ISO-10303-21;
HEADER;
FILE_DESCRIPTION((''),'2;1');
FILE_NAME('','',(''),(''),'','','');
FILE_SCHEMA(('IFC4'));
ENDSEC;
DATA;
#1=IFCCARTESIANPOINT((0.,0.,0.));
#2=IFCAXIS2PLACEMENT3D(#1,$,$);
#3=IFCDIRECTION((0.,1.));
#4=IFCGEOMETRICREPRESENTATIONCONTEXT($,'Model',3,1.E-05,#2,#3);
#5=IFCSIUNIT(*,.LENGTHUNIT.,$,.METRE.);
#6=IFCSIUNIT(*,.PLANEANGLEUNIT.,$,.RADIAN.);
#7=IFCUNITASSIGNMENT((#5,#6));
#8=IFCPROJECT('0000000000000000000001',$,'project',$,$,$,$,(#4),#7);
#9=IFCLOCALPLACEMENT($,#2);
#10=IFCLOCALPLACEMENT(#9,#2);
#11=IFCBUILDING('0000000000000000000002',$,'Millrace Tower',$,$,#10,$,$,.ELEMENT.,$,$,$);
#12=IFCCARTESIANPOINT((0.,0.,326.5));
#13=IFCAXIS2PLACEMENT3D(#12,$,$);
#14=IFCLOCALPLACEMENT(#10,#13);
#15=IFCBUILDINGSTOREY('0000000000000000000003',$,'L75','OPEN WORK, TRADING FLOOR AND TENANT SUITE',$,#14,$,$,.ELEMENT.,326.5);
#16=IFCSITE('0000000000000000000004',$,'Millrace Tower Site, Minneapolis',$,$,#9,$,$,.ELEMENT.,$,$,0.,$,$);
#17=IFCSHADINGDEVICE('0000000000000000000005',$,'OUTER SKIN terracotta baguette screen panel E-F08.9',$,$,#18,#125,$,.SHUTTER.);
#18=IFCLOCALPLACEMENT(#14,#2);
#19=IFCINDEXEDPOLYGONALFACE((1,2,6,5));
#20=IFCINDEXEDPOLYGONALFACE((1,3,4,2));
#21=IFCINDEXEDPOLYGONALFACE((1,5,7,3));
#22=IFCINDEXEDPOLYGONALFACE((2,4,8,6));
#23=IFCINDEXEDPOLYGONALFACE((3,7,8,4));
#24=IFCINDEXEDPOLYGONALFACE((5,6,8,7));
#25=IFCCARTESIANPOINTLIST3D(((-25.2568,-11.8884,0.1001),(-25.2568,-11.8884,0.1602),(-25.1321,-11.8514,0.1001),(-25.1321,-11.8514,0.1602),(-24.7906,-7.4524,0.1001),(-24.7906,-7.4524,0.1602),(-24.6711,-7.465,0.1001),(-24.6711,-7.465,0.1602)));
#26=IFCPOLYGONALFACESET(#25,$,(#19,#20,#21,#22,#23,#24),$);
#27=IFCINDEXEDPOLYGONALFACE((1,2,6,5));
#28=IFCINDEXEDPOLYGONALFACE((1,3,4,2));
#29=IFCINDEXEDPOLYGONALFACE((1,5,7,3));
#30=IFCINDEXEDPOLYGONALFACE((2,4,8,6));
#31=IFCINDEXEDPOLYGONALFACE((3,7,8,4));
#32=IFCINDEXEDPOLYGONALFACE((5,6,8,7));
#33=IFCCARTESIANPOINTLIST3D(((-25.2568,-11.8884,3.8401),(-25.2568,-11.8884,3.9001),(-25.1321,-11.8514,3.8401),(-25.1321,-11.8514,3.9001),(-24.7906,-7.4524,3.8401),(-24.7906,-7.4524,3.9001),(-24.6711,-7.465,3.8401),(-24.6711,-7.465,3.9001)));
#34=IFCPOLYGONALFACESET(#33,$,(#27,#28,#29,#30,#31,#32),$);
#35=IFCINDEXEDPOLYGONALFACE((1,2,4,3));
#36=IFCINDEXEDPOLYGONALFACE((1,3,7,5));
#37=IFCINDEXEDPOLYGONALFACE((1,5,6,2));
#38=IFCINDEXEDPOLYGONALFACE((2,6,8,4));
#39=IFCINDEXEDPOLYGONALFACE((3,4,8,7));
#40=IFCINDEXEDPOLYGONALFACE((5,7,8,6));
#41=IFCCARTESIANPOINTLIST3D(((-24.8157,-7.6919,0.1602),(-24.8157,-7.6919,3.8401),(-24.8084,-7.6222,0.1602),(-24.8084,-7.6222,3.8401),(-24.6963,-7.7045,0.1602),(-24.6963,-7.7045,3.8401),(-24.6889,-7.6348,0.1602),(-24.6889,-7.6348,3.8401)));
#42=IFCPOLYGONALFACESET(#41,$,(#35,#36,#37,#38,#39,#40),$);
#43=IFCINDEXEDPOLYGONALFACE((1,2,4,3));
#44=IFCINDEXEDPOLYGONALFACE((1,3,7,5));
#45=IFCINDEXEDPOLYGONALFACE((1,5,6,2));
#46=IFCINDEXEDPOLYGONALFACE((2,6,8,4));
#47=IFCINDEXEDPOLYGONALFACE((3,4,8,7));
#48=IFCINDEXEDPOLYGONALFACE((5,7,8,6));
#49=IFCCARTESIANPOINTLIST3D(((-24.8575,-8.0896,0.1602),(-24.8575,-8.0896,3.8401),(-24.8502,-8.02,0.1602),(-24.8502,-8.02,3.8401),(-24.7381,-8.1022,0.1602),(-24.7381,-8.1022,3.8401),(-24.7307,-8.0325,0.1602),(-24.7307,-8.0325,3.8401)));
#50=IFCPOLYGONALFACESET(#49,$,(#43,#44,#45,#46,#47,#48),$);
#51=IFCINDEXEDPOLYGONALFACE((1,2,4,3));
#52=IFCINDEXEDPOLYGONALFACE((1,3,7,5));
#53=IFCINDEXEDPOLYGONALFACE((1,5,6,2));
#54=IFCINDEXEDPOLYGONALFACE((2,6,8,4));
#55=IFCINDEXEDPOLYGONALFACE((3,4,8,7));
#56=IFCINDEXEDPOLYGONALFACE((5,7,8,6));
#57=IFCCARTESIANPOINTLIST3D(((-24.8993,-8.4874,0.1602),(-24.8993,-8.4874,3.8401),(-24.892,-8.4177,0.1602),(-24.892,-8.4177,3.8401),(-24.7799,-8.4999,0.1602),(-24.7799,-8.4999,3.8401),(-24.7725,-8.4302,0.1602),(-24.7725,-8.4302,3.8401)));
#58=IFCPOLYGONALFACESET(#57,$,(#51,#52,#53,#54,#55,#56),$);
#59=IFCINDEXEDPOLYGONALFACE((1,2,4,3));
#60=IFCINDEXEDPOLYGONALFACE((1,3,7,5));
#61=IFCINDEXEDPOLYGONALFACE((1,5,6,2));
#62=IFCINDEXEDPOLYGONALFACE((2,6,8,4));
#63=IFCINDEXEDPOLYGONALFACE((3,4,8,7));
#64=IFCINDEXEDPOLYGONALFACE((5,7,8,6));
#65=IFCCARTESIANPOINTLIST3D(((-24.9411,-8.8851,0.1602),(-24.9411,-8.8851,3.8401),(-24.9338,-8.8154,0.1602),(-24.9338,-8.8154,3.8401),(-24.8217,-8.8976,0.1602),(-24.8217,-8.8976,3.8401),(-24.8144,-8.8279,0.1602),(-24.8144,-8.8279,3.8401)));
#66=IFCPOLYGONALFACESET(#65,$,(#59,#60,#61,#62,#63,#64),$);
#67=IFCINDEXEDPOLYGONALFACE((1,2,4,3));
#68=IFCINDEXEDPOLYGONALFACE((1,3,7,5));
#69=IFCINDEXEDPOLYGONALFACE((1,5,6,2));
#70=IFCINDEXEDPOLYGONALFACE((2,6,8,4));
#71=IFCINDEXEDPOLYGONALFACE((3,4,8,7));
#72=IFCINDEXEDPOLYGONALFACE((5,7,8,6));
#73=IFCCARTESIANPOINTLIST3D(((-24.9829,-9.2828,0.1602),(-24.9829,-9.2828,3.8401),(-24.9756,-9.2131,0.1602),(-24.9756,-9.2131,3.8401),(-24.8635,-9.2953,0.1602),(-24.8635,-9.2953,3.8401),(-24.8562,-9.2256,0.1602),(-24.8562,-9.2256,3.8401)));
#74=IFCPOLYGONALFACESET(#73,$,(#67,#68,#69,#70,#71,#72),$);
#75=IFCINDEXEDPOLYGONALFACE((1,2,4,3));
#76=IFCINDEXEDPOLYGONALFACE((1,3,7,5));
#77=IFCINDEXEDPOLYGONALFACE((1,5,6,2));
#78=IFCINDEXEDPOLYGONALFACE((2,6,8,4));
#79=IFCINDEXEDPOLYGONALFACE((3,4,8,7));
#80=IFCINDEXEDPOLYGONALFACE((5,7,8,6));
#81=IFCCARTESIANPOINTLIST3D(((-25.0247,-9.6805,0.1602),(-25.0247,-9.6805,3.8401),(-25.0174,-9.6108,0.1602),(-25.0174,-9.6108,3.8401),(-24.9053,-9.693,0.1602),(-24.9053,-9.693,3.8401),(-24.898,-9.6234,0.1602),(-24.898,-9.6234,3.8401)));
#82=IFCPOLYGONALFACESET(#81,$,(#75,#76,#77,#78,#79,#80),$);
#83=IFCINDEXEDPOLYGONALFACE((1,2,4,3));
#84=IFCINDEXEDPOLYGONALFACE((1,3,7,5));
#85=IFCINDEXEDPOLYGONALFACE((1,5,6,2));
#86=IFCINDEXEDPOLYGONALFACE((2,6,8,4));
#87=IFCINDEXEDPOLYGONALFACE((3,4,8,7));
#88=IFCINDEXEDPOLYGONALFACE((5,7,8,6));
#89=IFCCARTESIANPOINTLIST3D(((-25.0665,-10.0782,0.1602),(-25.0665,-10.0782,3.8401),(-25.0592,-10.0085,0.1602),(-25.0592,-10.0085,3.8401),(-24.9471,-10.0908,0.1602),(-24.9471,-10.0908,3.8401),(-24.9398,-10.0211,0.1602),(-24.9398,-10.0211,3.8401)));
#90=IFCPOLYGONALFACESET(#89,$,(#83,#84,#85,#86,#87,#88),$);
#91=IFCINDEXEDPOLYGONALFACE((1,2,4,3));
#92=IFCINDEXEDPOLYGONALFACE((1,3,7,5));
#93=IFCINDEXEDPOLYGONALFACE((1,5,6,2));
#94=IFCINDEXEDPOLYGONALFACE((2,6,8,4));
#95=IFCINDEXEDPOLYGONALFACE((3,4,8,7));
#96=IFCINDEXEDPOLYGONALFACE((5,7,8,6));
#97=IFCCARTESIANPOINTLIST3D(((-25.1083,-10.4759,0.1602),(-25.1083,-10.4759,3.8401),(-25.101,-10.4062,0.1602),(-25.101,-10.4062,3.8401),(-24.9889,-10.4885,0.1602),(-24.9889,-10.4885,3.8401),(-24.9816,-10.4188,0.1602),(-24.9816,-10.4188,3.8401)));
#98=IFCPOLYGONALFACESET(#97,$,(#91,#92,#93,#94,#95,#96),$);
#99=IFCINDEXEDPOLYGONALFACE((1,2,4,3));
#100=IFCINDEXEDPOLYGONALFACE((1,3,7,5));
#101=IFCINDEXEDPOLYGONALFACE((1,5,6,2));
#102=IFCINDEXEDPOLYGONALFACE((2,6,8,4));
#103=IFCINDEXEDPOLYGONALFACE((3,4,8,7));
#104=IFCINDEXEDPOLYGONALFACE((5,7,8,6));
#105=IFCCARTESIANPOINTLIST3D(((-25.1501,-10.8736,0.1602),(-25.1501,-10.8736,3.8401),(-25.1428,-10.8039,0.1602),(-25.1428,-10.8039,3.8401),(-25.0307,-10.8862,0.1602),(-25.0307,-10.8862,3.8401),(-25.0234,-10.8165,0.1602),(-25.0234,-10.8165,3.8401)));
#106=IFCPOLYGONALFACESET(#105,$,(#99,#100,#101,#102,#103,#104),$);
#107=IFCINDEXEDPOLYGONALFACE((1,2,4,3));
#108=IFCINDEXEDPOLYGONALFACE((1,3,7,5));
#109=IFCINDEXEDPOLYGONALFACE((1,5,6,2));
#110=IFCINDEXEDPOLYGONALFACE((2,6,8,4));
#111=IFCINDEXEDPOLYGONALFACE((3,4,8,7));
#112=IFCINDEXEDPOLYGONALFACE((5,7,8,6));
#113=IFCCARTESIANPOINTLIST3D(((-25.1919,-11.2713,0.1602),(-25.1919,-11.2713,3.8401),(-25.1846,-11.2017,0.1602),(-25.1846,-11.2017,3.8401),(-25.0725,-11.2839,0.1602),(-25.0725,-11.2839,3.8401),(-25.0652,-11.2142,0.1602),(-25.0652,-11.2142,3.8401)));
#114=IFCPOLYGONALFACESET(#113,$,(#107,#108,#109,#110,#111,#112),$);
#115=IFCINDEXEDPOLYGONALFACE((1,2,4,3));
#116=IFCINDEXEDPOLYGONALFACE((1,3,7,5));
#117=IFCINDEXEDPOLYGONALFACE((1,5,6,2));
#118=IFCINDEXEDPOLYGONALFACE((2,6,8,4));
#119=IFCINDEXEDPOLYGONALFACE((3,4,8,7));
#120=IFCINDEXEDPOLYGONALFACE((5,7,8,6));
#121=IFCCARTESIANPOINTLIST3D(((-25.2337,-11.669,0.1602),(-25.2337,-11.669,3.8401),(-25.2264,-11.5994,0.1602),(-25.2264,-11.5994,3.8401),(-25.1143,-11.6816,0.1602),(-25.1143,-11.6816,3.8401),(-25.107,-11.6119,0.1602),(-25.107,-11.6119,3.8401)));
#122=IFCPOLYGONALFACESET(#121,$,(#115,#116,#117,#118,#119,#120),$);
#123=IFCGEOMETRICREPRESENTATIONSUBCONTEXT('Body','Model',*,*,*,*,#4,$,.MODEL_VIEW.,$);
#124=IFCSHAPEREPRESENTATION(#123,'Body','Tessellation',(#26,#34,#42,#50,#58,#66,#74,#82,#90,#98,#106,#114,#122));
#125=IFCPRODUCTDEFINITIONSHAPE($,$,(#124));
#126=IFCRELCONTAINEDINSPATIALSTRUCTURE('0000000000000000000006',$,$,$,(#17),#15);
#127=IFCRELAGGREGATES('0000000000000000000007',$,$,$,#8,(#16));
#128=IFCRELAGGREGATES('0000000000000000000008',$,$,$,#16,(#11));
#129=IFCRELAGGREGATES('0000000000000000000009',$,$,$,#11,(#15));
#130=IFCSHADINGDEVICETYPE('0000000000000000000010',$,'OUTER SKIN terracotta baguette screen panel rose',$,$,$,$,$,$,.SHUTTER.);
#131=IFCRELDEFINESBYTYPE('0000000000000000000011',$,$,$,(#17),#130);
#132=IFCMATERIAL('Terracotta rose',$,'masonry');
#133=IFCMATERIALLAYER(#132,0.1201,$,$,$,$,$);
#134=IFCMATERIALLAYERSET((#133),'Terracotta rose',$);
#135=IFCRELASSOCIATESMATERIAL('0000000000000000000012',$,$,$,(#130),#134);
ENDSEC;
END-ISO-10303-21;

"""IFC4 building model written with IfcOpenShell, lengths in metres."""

from ifc_helpers import new_model, entity, si_unit, direction, frame, frame_2d, origin, place, context, subcontext, project, spatial, rectangle, extrude, source, transform, mapped, material, layer, layer_set, type_object, element, save


model = new_model("IFC4")

# Units and contexts
model_context = context("Model", 3, precision=1e-05, world=origin(), true_north=direction((0.0, 1.0)))
body_context = subcontext(model_context, "Body", "Model", "MODEL_VIEW")
ifc_project = project(units=[si_unit("LENGTHUNIT", "METRE"), si_unit("PLANEANGLEUNIT", "RADIAN")], contexts=[model_context])

# Site, building, storey
site_placement = place(None, origin())
site = spatial("IfcSite", under=ifc_project, at=site_placement, Name="Millrace Tower Site, Minneapolis", CompositionType="ELEMENT", RefElevation=0.0)
building_placement = place(site_placement, origin())
building = spatial("IfcBuilding", under=site, at=building_placement, Name="Millrace Tower", CompositionType="ELEMENT")
storey_placement = place(building_placement, frame((0.0, 0.0, 326.5)))
storey = spatial("IfcBuildingStorey", under=building, at=storey_placement, Name="L75", Description="OPEN WORK, TRADING FLOOR AND TENANT SUITE", CompositionType="ELEMENT", Elevation=326.5)

# Shading device
ifc_material_1 = material(Name="Terracotta rose", Category="masonry")
ifc_layer_1 = layer(ifc_material_1, 0.1201)
ifc_layer_set_1 = layer_set([ifc_layer_1], Name="Terracotta rose")
shading_device_type = type_object("IfcShadingDeviceType", Name="OUTER SKIN terracotta baguette screen panel rose", PredefinedType="SHUTTER", material=ifc_layer_set_1)
cartesian_point_1 = entity("IfcCartesianPoint", [-2.2178, 0.0601])
shared_polyline_1 = entity("IfcPolyline", [cartesian_point_1, entity("IfcCartesianPoint", [2.1929, 0.0601]), entity("IfcCartesianPoint", [2.2427, -0.0601]), entity("IfcCartesianPoint", [-2.2178, -0.0601]), cartesian_point_1])
shared_shape_1 = source(origin(), body_context, "Body", "SweptSolid", [
    entity("IfcExtrudedAreaSolid", entity("IfcArbitraryClosedProfileDef", "AREA", None, shared_polyline_1), entity("IfcAxis2Placement3D", entity("IfcCartesianPoint", [0.0, 0.0, 0.0])), entity("IfcDirection", [0.0, 0.0, 1.0]), 0.0601),
    entity("IfcExtrudedAreaSolid", entity("IfcArbitraryClosedProfileDef", "AREA", None, shared_polyline_1), entity("IfcAxis2Placement3D", entity("IfcCartesianPoint", [0.0, 0.0, 3.74])), entity("IfcDirection", [0.0, 0.0, 1.0]), 0.0601),
    extrude(rectangle(XDim=0.0701, YDim=0.1201, at=frame_2d((-2.012, 0.0))), frame((0.0, 0.0, 0.0601)), (0.0, 0.0, 1.0), 3.6799),
    extrude(rectangle(XDim=0.0701, YDim=0.1201, at=frame_2d((-1.6121, 0.0))), frame((0.0, 0.0, 0.0601)), (0.0, 0.0, 1.0), 3.6799),
    extrude(rectangle(XDim=0.0701, YDim=0.1201, at=frame_2d((-1.2122, 0.0))), frame((0.0, 0.0, 0.0601)), (0.0, 0.0, 1.0), 3.6799),
    extrude(rectangle(XDim=0.0701, YDim=0.1201, at=frame_2d((-0.8123, 0.0))), frame((0.0, 0.0, 0.0601)), (0.0, 0.0, 1.0), 3.6799),
    extrude(rectangle(XDim=0.0701, YDim=0.1201, at=frame_2d((-0.4124, 0.0))), frame((0.0, 0.0, 0.0601)), (0.0, 0.0, 1.0), 3.6799),
    extrude(rectangle(XDim=0.0701, YDim=0.1201, at=frame_2d((-0.0125, 0.0))), frame((0.0, 0.0, 0.0601)), (0.0, 0.0, 1.0), 3.6799),
    extrude(rectangle(XDim=0.0701, YDim=0.1201, at=frame_2d((0.3875, 0.0))), frame((0.0, 0.0, 0.0601)), (0.0, 0.0, 1.0), 3.6799),
    extrude(rectangle(XDim=0.0701, YDim=0.1201, at=frame_2d((0.7874, 0.0))), frame((0.0, 0.0, 0.0601)), (0.0, 0.0, 1.0), 3.6799),
    extrude(rectangle(XDim=0.0701, YDim=0.1201, at=frame_2d((1.1873, 0.0))), frame((0.0, 0.0, 0.0601)), (0.0, 0.0, 1.0), 3.6799),
    extrude(rectangle(XDim=0.0701, YDim=0.1201, at=frame_2d((1.5872, 0.0))), frame((0.0, 0.0, 0.0601)), (0.0, 0.0, 1.0), 3.6799),
    extrude(rectangle(XDim=0.0701, YDim=0.1201, at=frame_2d((1.9871, 0.0))), frame((0.0, 0.0, 0.0601)), (0.0, 0.0, 1.0), 3.6799),
])
shading_device_placement = place(storey_placement, frame((-24.9626, -9.6643, 0.1001), z_axis=(0.0, 0.0, 1.0), x_axis=(-0.104528, -0.994522, 0.0)))
element("IfcShadingDevice", 1, at=shading_device_placement, inside=storey, type_object=shading_device_type, Name="OUTER SKIN terracotta baguette screen panel E-F08.9", PredefinedType="SHUTTER", context=body_context, shape_type="MappedRepresentation", body=[
    mapped(shared_shape_1, transform((0.0, 0.0, 0.0), scale=1.0)),
])

save(model, "model.ifc")
